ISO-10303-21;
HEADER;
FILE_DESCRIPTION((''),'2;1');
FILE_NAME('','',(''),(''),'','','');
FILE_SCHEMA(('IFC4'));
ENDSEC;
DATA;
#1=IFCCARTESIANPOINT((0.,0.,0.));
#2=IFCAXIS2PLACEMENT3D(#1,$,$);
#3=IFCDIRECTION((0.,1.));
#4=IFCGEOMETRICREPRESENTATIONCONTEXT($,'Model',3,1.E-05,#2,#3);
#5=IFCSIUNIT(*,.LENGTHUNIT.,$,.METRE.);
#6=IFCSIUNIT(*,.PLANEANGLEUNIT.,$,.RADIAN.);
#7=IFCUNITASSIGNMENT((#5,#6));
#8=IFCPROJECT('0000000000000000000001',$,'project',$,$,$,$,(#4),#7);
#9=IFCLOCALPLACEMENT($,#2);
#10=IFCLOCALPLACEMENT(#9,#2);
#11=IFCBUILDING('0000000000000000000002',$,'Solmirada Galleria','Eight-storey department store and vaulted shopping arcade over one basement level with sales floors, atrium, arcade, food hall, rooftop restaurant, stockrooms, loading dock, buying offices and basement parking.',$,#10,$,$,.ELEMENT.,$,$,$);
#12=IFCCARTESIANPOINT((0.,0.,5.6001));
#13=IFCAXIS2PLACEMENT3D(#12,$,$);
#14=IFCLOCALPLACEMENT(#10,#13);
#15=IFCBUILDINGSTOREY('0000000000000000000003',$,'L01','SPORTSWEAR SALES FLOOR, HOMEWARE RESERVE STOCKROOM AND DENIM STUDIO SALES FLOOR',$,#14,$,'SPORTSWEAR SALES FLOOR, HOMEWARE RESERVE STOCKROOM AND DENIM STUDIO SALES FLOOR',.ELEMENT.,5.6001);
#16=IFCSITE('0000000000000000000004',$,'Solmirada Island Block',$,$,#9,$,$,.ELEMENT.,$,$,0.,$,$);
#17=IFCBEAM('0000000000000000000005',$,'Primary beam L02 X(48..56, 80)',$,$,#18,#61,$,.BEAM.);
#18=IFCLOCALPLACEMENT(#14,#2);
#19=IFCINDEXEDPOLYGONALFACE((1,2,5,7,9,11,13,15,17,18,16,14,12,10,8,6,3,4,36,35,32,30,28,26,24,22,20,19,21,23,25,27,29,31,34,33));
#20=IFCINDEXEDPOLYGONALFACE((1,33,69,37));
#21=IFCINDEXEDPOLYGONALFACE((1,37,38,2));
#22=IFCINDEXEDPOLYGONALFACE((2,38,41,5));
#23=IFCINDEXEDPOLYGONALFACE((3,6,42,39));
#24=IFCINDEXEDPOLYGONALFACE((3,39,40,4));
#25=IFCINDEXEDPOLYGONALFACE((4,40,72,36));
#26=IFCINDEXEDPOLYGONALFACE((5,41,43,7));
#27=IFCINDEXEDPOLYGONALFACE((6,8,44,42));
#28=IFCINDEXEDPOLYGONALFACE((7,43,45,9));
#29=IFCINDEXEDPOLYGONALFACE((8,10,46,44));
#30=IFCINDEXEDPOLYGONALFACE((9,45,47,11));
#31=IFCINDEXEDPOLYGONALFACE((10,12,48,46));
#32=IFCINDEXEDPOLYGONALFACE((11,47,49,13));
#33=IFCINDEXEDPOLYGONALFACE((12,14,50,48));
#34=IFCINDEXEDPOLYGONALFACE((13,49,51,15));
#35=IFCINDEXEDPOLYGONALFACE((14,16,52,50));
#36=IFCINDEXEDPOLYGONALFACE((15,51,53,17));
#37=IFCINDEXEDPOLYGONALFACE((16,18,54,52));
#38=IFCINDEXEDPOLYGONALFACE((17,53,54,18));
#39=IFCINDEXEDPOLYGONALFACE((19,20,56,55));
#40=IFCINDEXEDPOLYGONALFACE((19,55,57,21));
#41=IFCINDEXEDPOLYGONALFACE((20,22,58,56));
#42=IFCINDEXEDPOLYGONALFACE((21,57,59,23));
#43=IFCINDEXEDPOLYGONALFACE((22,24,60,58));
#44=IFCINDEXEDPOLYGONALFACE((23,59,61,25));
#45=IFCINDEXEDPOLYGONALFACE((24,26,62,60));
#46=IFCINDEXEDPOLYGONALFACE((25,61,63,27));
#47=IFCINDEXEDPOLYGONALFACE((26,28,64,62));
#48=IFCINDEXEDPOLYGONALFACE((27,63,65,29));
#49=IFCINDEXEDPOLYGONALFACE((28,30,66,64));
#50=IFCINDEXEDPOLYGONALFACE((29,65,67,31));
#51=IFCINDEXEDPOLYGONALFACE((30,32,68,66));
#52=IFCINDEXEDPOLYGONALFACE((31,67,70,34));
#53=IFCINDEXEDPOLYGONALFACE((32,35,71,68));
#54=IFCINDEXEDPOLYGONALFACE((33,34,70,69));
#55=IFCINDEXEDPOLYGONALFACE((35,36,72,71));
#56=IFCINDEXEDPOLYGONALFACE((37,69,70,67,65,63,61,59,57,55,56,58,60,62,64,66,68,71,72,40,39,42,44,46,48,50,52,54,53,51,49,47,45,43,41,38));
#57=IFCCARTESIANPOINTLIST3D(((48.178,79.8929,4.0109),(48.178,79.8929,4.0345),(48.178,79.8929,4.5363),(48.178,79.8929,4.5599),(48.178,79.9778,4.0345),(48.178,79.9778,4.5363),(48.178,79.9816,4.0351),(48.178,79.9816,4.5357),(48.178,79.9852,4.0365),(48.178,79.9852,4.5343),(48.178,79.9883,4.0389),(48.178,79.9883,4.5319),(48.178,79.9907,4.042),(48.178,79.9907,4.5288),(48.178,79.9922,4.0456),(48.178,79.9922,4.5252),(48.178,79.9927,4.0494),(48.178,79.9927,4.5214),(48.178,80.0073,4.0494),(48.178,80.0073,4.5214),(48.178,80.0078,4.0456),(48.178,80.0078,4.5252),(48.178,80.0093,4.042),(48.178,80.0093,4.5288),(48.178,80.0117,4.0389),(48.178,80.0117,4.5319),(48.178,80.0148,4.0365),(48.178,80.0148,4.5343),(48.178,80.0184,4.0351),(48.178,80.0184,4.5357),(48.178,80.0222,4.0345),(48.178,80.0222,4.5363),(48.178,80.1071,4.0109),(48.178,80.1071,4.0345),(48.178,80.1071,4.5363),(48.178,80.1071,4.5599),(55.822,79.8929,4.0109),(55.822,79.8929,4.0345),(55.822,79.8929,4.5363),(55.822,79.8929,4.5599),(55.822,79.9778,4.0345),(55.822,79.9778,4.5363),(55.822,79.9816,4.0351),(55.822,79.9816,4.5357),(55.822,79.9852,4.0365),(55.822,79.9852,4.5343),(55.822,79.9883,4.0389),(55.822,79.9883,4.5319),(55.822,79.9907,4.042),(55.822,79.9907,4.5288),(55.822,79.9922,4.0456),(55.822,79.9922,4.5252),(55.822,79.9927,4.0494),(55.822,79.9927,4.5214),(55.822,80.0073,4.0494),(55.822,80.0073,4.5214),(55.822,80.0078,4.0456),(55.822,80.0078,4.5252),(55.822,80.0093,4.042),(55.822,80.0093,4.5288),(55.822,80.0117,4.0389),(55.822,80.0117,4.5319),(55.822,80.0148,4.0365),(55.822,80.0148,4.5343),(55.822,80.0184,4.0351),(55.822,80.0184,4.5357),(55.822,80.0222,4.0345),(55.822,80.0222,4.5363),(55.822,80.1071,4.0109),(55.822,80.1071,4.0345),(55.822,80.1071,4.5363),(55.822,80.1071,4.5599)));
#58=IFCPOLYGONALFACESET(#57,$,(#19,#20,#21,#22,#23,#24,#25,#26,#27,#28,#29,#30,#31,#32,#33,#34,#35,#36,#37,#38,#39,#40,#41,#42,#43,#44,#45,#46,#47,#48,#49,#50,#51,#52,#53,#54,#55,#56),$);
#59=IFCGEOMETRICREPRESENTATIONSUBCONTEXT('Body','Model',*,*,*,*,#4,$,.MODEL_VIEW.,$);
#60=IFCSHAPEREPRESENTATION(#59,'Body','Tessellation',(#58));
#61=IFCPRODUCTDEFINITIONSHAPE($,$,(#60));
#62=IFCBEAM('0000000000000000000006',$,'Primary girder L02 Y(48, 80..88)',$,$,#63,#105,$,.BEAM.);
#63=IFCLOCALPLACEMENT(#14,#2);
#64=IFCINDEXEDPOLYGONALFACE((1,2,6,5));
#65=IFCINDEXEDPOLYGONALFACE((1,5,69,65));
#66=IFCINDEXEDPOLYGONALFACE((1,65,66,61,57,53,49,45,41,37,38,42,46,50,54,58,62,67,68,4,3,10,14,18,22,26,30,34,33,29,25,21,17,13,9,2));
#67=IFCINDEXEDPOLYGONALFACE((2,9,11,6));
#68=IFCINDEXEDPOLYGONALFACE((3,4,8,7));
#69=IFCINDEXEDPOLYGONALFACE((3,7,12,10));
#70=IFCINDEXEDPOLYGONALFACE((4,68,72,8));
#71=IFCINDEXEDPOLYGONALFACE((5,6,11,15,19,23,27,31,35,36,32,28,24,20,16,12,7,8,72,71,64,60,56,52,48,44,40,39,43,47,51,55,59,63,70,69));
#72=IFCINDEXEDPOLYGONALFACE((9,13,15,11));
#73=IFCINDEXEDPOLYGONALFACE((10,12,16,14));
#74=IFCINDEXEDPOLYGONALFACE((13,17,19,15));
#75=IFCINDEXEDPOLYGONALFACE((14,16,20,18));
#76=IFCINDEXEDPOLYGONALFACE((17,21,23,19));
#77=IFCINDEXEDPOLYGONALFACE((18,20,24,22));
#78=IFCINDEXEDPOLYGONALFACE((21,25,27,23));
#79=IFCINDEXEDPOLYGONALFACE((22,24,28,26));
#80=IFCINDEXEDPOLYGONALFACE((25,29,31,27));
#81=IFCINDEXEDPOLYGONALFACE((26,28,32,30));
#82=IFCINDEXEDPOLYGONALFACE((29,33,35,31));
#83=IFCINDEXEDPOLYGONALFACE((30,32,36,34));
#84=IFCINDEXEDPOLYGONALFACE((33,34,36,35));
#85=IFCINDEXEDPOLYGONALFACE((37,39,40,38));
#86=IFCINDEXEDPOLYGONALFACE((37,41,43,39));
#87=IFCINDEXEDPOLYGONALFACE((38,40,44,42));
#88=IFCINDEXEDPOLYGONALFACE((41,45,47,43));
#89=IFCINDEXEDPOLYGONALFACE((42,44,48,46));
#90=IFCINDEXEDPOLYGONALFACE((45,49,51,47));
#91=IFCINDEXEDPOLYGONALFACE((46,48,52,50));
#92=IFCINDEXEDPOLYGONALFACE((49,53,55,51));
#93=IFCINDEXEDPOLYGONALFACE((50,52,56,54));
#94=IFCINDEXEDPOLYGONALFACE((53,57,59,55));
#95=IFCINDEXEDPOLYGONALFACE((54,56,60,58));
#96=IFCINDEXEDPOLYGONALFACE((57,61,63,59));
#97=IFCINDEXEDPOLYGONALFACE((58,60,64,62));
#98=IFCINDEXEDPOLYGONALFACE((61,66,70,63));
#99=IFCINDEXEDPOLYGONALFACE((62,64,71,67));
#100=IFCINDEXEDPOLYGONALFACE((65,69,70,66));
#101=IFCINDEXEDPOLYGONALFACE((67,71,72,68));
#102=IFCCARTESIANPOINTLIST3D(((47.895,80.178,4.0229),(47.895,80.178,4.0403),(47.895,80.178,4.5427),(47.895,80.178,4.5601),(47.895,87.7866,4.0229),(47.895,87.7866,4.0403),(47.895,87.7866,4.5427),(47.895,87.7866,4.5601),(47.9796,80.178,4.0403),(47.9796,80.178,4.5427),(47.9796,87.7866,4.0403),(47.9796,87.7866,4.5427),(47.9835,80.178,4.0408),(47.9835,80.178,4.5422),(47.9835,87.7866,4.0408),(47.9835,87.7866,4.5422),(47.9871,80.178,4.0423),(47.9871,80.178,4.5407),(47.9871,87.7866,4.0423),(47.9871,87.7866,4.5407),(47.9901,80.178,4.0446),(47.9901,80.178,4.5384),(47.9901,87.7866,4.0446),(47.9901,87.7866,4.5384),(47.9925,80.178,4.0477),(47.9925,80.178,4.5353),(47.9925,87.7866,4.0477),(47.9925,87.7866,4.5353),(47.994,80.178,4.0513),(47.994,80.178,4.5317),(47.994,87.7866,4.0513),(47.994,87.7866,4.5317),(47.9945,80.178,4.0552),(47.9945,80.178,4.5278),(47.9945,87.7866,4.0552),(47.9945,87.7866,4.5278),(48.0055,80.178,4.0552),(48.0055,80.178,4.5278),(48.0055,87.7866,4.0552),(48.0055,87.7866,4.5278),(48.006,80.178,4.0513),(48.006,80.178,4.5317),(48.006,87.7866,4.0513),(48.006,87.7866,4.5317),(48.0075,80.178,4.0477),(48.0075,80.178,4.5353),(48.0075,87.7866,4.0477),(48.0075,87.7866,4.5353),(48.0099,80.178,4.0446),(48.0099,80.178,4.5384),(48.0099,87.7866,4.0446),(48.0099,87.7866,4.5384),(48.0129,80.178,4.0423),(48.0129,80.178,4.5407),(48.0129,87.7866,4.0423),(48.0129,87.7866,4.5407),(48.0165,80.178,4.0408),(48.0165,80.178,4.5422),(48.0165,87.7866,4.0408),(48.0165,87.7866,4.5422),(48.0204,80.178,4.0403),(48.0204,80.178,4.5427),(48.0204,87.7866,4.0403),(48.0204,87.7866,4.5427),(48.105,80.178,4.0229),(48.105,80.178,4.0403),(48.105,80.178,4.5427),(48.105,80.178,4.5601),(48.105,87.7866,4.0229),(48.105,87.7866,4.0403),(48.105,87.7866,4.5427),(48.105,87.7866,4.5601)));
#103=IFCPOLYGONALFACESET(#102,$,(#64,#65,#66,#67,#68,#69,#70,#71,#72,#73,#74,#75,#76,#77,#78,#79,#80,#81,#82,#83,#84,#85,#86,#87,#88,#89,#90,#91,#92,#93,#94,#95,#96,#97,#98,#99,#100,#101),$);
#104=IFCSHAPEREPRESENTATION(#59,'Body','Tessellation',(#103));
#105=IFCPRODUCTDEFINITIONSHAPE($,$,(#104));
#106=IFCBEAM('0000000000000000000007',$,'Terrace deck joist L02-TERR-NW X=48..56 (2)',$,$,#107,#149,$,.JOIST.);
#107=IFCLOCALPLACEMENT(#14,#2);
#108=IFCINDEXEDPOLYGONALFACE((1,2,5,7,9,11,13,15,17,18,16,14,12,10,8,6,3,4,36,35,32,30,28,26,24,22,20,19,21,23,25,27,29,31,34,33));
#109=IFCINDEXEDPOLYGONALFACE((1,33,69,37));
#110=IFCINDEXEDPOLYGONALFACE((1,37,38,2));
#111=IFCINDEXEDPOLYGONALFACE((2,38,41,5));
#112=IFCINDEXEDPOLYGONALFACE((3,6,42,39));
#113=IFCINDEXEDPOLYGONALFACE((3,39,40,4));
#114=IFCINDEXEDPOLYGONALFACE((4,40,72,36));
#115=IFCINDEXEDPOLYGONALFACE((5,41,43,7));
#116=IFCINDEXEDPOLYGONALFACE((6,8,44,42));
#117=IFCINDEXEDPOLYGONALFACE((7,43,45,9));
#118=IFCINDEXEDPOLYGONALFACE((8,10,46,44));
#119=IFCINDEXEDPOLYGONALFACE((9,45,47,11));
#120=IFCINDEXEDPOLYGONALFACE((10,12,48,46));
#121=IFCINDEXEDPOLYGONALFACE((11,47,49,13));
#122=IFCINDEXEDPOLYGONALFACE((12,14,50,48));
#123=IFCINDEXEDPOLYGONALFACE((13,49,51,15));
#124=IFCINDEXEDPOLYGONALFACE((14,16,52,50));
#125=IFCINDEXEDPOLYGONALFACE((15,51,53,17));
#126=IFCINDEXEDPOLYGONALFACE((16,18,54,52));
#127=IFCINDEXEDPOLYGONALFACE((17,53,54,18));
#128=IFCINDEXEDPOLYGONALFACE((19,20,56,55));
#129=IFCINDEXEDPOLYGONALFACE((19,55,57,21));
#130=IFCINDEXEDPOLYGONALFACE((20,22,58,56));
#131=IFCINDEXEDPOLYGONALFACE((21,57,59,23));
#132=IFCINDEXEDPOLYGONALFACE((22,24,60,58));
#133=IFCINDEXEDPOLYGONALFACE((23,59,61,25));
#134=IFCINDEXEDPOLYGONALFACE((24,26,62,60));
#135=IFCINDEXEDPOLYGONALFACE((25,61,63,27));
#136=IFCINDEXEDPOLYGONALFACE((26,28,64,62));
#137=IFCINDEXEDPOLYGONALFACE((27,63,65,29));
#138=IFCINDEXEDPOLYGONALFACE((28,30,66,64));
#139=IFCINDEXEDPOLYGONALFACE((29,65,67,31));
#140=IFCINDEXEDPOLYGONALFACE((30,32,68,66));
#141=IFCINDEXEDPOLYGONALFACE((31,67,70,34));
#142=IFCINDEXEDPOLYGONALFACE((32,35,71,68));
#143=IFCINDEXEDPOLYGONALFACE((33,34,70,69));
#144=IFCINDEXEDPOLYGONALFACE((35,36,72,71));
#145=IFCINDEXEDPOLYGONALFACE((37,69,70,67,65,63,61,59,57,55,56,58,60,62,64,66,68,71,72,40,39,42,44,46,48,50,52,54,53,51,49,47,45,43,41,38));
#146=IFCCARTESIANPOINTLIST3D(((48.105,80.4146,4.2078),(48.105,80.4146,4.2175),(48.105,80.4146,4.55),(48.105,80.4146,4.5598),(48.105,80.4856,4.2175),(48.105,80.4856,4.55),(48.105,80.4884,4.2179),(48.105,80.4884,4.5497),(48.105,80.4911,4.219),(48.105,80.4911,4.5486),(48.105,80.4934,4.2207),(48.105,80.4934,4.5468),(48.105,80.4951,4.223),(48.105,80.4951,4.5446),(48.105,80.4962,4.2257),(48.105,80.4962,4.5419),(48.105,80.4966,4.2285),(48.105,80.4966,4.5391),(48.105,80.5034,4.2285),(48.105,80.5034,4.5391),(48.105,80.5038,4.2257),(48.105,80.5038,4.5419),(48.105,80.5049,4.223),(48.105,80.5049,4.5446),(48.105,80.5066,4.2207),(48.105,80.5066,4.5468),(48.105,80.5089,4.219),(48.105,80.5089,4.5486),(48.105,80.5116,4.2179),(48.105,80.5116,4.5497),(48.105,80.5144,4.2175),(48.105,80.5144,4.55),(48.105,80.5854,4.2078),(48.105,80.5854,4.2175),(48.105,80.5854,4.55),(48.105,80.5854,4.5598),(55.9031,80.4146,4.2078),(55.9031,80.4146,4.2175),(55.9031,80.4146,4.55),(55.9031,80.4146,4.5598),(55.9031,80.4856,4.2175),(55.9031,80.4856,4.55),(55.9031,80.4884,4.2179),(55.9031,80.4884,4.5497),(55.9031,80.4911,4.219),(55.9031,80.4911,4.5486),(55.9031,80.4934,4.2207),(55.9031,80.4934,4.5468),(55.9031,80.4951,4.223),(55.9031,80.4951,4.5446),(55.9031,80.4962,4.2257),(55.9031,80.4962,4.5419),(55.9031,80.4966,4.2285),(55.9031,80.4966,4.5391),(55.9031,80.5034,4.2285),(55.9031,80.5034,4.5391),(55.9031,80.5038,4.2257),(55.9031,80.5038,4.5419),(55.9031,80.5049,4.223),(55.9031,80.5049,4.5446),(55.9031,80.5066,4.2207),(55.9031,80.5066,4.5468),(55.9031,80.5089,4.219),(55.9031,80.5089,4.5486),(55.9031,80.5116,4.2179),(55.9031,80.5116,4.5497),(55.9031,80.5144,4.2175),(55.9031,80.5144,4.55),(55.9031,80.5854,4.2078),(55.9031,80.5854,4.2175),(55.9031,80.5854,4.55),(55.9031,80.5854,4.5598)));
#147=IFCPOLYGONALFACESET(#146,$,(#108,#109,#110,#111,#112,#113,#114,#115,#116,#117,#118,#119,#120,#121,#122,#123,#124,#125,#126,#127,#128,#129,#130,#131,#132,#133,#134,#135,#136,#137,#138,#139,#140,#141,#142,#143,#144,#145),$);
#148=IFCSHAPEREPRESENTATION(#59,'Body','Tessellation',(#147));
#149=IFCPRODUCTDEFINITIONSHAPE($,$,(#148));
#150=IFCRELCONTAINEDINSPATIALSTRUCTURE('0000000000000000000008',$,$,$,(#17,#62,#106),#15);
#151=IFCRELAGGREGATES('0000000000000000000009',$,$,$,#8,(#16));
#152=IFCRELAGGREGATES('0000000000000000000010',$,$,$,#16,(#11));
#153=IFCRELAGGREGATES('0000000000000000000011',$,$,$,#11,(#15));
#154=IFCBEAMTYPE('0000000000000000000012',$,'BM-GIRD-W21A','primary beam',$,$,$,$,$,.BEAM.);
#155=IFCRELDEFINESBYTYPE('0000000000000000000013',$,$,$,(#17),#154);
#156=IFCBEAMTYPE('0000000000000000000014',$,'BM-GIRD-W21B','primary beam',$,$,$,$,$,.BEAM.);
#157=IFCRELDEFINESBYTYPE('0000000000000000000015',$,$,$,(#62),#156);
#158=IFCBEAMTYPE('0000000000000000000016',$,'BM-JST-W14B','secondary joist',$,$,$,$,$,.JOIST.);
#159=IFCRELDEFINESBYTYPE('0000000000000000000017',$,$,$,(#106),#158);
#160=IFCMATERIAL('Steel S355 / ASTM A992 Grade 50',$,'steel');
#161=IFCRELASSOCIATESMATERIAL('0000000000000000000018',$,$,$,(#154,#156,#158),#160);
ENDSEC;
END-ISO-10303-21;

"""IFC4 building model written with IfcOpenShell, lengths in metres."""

from ifc_helpers import new_model, si_unit, direction, frame, origin, origin_2d, place, context, subcontext, project, spatial, i_section, extrude, material, material_profile, profile_set, type_object, element, save


model = new_model("IFC4")

# Units and contexts
model_context = context("Model", 3, precision=1e-05, world=origin(), true_north=direction((0.0, 1.0)))
body_context = subcontext(model_context, "Body", "Model", "MODEL_VIEW")
ifc_project = project(units=[si_unit("LENGTHUNIT", "METRE"), si_unit("PLANEANGLEUNIT", "RADIAN")], contexts=[model_context])

# Site, building, storey
site_placement = place(None, origin())
site = spatial("IfcSite", under=ifc_project, at=site_placement, Name="Solmirada Island Block", CompositionType="ELEMENT", RefElevation=0.0)
building_placement = place(site_placement, origin())
building = spatial("IfcBuilding", under=site, at=building_placement, Name="Solmirada Galleria", Description="Eight-storey department store and vaulted shopping arcade over one basement level with sales floors, atrium, arcade, food hall, rooftop restaurant, stockrooms, loading dock, buying offices and basement parking.", CompositionType="ELEMENT")
storey_placement = place(building_placement, frame((0.0, 0.0, 5.6001)))
storey = spatial("IfcBuildingStorey", under=building, at=storey_placement, Name="L01", Description="SPORTSWEAR SALES FLOOR, HOMEWARE RESERVE STOCKROOM AND DENIM STUDIO SALES FLOOR", LongName="SPORTSWEAR SALES FLOOR, HOMEWARE RESERVE STOCKROOM AND DENIM STUDIO SALES FLOOR", CompositionType="ELEMENT", Elevation=5.6001)

# Beams
ifc_material_1 = material(Name="Steel S355 / ASTM A992 Grade 50", Category="steel")
ifc_material_profile_1 = material_profile(ifc_material_1, i_section(OverallWidth=0.2141, OverallDepth=0.5491, WebThickness=0.0146, FlangeThickness=0.0237, FilletRadius=0.0149, at=origin_2d()), Name="W21X93")
ifc_profile_set_1 = profile_set([ifc_material_profile_1], Name="Steel S355 / ASTM A992 Grade 50")
beam_type_1 = type_object("IfcBeamType", Name="BM-GIRD-W21A", Description="primary beam", PredefinedType="BEAM", material=ifc_profile_set_1)
beam_1_placement = place(storey_placement, frame((48.178, 80.0, 4.2854), z_axis=(1.0, 0.0, 0.0), x_axis=(0.0, 1.0, 0.0)))
element("IfcBeam", 1, at=beam_1_placement, inside=storey, type_object=beam_type_1, Name="Primary beam L02 X(48..56, 80)", PredefinedType="BEAM", context=body_context, shape_type="SweptSolid", body=[
    extrude(i_section(OverallWidth=0.2141, OverallDepth=0.5491, WebThickness=0.0146, FlangeThickness=0.0237, FilletRadius=0.0149, at=origin_2d()), origin(), (0.0, 0.0, 1.0), 7.644),
])
ifc_material_profile_2 = material_profile(ifc_material_1, i_section(OverallWidth=0.21, OverallDepth=0.5371, WebThickness=0.011, FlangeThickness=0.0173, FilletRadius=0.0149, at=origin_2d()), Name="W21X68")
ifc_profile_set_2 = profile_set([ifc_material_profile_2], Name="Steel S355 / ASTM A992 Grade 50")
beam_type_2 = type_object("IfcBeamType", Name="BM-GIRD-W21B", Description="primary beam", PredefinedType="BEAM", material=ifc_profile_set_2)
beam_2_placement = place(storey_placement, frame((48.0, 80.178, 4.2915), z_axis=(0.0, 1.0, 0.0), x_axis=(-1.0, 0.0, 0.0)))
element("IfcBeam", 2, at=beam_2_placement, inside=storey, type_object=beam_type_2, Name="Primary girder L02 Y(48, 80..88)", PredefinedType="BEAM", context=body_context, shape_type="SweptSolid", body=[
    extrude(i_section(OverallWidth=0.21, OverallDepth=0.5371, WebThickness=0.011, FlangeThickness=0.0173, FilletRadius=0.0149, at=origin_2d()), origin(), (0.0, 0.0, 1.0), 7.6086),
])
ifc_material_profile_3 = material_profile(ifc_material_1, i_section(OverallWidth=0.1709, OverallDepth=0.3521, WebThickness=0.0068, FlangeThickness=0.0098, FilletRadius=0.011, at=origin_2d()), Name="W14X30")
ifc_profile_set_3 = profile_set([ifc_material_profile_3], Name="Steel S355 / ASTM A992 Grade 50")
beam_type_3 = type_object("IfcBeamType", Name="BM-JST-W14B", Description="secondary joist", PredefinedType="JOIST", material=ifc_profile_set_3)
beam_3_placement = place(storey_placement, frame((48.105, 80.5, 4.3838), z_axis=(1.0, 0.0, 0.0), x_axis=(0.0, 1.0, 0.0)))
element("IfcBeam", 3, at=beam_3_placement, inside=storey, type_object=beam_type_3, Name="Terrace deck joist L02-TERR-NW X=48..56 (2)", PredefinedType="JOIST", context=body_context, shape_type="SweptSolid", body=[
    extrude(i_section(OverallWidth=0.1709, OverallDepth=0.3521, WebThickness=0.0068, FlangeThickness=0.0098, FilletRadius=0.011, at=origin_2d()), origin(), (0.0, 0.0, 1.0), 7.7981),
])

save(model, "model.ifc")
